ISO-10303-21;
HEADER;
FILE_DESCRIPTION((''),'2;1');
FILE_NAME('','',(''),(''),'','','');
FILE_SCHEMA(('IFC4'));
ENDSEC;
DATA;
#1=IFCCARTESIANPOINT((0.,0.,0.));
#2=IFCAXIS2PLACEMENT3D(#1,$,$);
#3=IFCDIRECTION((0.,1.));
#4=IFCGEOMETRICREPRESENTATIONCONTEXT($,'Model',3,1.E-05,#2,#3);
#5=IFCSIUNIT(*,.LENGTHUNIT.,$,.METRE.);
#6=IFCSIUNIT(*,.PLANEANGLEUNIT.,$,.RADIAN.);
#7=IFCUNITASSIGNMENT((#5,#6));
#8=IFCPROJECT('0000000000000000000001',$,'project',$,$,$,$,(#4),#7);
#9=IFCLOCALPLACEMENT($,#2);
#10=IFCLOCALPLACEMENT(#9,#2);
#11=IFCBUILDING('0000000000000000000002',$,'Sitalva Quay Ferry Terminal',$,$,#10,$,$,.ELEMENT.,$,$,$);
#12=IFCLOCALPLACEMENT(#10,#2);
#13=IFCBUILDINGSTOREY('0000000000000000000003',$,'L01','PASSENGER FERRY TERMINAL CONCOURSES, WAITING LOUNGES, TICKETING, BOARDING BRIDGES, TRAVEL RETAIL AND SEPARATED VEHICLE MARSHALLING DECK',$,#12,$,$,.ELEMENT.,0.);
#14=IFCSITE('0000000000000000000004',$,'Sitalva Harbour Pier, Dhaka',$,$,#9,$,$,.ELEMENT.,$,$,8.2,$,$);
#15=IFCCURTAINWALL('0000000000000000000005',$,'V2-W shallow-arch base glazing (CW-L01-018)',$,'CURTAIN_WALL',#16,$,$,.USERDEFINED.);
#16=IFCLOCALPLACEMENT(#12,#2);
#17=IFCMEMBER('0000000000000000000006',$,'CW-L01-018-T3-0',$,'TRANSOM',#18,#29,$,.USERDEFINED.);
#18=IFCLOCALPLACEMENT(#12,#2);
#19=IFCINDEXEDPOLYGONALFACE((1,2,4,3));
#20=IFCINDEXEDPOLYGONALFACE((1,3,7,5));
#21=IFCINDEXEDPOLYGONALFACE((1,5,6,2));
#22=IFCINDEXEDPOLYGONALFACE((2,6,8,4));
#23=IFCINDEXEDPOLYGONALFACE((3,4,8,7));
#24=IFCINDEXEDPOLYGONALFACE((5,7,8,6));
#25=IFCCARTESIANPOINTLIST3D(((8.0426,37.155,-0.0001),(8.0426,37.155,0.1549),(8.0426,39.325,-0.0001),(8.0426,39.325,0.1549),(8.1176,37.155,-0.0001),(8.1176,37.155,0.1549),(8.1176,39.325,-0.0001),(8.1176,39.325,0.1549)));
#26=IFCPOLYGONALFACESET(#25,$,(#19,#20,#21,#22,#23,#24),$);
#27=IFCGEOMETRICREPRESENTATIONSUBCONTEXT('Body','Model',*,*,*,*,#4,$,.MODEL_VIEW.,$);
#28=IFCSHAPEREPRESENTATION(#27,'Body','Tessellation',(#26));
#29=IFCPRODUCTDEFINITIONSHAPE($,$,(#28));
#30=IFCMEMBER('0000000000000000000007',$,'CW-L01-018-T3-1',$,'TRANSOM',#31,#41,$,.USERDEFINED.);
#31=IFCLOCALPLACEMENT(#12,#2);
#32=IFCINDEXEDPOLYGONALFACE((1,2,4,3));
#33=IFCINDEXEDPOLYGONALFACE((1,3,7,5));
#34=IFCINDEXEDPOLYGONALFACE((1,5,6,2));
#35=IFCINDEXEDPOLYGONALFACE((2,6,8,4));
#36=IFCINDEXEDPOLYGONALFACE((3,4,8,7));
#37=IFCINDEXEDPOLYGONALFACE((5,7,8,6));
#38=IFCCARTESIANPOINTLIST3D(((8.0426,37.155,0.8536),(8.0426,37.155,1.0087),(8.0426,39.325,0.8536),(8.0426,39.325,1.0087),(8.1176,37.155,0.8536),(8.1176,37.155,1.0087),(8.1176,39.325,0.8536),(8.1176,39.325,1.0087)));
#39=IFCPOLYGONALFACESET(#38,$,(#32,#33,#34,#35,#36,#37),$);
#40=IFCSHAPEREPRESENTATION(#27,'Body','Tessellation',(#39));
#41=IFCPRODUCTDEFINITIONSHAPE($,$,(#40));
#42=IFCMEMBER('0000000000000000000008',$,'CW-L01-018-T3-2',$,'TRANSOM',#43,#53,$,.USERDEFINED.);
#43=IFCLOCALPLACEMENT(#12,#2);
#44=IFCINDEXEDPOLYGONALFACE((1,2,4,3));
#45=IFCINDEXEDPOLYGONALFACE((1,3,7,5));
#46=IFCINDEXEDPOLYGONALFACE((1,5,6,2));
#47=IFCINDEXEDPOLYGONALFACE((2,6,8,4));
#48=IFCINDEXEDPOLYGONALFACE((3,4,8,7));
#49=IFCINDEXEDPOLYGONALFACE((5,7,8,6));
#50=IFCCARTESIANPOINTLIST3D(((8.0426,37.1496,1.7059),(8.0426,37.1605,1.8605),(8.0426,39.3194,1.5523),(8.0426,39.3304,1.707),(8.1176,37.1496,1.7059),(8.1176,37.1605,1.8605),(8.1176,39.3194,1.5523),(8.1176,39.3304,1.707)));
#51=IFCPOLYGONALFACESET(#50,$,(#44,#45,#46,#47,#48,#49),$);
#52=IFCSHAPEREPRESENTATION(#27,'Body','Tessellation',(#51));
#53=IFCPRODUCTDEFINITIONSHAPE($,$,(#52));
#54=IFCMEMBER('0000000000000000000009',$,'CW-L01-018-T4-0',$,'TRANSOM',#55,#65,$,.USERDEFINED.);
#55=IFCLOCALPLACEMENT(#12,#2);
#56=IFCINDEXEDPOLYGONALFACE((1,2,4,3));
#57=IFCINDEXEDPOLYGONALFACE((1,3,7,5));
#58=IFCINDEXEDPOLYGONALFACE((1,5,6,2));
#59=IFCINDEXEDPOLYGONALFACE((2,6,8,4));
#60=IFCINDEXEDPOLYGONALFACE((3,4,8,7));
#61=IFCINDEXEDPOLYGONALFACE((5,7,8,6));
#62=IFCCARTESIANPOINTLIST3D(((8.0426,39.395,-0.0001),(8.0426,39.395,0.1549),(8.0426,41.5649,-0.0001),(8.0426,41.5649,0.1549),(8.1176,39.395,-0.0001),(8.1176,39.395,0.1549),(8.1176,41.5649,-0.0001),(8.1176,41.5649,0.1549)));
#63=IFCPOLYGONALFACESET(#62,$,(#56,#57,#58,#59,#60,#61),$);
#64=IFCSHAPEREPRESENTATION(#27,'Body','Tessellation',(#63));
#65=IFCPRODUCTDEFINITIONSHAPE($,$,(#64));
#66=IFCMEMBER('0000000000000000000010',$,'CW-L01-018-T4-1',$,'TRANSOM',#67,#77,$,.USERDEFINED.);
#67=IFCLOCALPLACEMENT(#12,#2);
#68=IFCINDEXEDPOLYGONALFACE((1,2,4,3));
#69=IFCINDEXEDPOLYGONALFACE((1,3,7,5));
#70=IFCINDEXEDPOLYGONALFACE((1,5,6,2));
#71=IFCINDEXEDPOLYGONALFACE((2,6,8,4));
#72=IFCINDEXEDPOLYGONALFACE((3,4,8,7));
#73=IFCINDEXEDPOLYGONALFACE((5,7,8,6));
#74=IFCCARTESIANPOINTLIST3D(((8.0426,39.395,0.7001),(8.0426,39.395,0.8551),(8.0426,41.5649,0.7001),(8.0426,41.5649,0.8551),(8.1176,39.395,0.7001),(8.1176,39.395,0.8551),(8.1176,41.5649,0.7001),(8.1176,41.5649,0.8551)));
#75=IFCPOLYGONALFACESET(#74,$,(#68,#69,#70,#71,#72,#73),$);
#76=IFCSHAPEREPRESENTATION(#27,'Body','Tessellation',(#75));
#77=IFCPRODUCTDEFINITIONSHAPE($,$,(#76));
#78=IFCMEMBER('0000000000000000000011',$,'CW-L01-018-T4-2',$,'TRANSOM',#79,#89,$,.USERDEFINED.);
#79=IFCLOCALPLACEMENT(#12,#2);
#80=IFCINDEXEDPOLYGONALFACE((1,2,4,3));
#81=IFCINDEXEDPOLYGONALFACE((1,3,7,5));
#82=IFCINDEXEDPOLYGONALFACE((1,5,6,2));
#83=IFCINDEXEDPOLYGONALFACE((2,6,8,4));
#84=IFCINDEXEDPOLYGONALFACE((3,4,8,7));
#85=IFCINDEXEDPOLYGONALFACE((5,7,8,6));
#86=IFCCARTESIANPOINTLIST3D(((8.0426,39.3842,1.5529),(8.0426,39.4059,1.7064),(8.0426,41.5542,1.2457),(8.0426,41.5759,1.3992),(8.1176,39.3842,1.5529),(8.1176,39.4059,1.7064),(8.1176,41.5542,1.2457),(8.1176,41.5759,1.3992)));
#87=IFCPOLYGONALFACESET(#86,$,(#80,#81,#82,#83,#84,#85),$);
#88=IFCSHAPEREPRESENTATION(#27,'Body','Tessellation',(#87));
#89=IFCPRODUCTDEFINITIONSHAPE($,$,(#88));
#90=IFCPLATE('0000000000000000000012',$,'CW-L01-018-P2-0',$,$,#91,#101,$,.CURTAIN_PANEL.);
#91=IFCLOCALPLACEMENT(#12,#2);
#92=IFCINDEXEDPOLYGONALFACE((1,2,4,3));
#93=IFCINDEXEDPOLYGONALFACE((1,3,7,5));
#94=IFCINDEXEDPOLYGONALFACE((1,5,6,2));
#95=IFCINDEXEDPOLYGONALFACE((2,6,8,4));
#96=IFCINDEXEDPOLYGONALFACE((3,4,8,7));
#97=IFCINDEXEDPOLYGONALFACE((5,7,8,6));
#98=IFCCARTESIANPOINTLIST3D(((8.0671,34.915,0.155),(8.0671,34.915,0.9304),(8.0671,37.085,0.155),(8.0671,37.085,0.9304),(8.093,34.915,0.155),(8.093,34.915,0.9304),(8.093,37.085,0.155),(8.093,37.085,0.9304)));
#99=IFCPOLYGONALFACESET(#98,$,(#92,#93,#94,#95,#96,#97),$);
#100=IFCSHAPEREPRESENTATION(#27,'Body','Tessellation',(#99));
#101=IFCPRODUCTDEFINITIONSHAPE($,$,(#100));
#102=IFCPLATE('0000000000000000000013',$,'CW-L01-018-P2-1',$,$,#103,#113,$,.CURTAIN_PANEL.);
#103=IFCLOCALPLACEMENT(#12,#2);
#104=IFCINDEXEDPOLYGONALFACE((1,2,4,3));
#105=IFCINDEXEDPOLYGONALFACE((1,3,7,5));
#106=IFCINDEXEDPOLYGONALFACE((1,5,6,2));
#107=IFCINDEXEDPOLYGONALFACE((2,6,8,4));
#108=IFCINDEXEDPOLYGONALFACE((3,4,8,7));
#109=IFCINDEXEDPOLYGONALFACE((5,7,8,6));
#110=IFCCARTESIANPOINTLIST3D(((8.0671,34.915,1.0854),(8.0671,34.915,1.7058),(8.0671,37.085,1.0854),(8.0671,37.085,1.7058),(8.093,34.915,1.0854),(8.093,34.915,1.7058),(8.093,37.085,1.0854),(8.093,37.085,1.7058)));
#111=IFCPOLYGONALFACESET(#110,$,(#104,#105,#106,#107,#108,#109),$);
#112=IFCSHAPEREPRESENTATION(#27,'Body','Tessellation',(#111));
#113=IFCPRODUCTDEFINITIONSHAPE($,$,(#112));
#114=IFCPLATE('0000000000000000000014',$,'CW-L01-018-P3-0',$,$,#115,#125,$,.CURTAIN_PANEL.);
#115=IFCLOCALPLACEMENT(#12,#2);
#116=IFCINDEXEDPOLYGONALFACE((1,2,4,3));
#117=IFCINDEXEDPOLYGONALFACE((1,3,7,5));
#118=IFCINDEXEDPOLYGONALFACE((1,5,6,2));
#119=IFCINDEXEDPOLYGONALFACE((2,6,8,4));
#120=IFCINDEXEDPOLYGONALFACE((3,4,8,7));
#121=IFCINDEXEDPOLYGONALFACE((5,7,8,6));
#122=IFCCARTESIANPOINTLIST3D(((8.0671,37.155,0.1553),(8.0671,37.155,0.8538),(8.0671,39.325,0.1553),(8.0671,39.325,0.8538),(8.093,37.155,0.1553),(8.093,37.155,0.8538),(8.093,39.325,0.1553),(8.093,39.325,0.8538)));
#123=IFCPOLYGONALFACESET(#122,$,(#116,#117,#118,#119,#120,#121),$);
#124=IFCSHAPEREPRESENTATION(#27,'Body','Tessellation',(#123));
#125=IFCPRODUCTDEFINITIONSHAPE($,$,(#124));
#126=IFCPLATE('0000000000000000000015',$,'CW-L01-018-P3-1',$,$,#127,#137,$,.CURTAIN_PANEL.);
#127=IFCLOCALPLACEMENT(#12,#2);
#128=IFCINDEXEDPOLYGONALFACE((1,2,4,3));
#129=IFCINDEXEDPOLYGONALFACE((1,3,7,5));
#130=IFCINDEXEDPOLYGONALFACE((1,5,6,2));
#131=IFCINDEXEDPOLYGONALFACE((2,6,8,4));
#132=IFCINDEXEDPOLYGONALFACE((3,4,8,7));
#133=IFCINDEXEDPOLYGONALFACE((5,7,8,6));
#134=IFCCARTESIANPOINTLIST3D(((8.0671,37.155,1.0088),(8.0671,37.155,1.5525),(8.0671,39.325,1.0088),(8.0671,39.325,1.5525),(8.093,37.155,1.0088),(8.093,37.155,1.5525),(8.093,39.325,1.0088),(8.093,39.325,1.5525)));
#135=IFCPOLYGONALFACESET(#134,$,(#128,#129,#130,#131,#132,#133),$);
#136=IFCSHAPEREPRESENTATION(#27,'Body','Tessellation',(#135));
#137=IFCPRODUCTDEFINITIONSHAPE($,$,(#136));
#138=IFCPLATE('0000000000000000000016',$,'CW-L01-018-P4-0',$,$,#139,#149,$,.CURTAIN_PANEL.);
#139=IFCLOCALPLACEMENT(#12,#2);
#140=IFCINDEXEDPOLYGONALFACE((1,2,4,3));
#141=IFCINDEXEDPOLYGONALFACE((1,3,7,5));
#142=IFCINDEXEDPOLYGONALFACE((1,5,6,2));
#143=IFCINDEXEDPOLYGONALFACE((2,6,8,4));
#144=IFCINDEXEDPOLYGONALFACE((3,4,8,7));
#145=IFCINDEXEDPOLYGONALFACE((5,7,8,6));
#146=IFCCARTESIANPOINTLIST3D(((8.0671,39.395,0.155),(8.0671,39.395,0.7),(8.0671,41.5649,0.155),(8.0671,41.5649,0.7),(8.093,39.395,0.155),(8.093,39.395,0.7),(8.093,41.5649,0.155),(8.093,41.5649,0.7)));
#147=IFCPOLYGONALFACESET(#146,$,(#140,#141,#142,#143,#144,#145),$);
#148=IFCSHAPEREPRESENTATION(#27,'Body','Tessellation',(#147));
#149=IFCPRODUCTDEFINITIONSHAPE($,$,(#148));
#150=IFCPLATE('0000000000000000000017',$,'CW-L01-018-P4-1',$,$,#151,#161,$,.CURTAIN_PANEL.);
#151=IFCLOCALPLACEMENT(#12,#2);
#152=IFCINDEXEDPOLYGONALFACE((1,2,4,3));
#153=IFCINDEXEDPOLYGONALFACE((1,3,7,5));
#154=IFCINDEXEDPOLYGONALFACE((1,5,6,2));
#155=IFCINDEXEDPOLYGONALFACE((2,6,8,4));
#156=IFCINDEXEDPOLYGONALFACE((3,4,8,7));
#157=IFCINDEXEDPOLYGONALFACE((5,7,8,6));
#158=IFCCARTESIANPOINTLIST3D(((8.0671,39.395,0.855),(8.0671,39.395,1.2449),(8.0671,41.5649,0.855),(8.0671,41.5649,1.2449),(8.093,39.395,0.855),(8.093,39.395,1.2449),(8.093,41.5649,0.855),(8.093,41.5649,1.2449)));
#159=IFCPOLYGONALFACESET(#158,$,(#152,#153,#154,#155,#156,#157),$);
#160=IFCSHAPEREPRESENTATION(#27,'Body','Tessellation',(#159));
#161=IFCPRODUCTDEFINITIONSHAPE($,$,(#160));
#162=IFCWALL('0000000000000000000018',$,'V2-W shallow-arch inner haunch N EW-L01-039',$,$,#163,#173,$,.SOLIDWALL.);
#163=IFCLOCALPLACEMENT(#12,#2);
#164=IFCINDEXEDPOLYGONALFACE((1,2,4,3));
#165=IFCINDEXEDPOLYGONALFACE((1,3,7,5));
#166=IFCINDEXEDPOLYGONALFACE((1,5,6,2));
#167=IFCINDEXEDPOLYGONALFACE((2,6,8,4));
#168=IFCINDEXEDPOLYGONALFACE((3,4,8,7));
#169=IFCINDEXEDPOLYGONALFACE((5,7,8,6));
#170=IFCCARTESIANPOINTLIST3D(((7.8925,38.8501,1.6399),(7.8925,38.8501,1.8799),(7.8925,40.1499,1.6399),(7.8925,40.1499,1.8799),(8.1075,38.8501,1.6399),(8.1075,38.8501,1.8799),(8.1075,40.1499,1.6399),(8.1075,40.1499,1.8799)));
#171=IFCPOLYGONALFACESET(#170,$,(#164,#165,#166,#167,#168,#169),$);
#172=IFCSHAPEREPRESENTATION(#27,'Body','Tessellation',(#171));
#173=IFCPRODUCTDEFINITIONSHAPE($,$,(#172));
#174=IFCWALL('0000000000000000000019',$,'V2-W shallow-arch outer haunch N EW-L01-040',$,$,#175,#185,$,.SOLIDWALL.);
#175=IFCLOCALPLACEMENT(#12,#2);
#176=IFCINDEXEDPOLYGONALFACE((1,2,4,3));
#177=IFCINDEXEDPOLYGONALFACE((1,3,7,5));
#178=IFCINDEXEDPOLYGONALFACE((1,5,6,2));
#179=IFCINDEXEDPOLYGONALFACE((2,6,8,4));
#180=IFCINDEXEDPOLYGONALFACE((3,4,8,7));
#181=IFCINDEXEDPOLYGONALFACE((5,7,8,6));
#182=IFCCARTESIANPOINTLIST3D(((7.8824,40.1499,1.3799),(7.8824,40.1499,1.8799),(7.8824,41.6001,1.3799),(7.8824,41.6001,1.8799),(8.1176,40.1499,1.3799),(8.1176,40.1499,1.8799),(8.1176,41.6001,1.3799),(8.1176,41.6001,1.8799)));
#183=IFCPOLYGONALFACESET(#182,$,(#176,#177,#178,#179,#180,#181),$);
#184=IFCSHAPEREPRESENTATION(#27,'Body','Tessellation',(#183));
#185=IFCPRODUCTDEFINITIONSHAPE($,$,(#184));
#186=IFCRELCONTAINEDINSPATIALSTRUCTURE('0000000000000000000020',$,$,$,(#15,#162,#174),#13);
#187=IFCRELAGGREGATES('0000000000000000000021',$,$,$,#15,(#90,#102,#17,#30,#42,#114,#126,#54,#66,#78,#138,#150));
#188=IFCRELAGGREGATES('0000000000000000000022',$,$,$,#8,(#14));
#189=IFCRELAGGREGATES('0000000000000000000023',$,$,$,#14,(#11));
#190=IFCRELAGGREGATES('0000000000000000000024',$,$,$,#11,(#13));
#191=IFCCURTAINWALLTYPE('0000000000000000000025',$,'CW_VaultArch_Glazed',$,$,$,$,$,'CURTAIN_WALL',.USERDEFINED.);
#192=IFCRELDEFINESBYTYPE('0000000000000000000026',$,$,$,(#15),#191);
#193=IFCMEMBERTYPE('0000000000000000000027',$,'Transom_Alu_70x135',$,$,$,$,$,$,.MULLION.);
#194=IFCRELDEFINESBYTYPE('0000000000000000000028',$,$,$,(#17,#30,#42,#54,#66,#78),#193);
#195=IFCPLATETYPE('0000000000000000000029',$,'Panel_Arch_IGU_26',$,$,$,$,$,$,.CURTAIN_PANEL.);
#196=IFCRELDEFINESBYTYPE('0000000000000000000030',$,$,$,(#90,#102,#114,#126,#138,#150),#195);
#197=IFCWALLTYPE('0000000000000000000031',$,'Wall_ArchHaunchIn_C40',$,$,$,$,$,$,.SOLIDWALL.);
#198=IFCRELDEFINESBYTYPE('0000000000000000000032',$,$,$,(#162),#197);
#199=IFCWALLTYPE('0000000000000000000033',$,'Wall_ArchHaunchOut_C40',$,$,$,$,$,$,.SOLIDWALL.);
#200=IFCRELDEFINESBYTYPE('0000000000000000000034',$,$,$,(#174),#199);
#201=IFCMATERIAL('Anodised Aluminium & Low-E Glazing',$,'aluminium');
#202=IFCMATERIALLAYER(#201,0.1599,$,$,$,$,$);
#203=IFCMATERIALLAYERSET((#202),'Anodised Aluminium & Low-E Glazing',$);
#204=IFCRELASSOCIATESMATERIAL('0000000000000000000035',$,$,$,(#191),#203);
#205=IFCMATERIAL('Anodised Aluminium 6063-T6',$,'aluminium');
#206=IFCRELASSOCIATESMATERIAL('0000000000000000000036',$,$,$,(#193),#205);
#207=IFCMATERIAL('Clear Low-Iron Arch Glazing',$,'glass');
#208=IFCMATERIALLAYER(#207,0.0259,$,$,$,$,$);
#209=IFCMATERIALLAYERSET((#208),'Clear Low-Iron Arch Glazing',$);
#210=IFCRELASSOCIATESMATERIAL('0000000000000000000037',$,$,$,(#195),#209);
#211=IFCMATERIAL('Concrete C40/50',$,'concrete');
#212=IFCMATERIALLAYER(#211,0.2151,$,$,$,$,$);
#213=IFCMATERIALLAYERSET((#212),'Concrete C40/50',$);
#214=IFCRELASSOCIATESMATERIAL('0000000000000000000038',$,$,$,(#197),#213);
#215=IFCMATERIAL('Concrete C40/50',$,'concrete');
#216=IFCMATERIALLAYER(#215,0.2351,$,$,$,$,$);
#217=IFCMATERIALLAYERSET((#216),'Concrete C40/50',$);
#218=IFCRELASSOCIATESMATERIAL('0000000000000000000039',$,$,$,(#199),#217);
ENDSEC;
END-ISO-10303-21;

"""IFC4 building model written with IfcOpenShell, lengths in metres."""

from ifc_helpers import new_model, si_unit, direction, frame, frame_2d, origin, origin_2d, place, context, subcontext, project, spatial, rectangle, extrude, material, layer, layer_set, material_profile, profile_set, type_object, element, aggregate, save


model = new_model("IFC4")

# Units and contexts
model_context = context("Model", 3, precision=1e-05, world=origin(), true_north=direction((0.0, 1.0)))
body_context = subcontext(model_context, "Body", "Model", "MODEL_VIEW")
ifc_project = project(units=[si_unit("LENGTHUNIT", "METRE"), si_unit("PLANEANGLEUNIT", "RADIAN")], contexts=[model_context])

# Site, building, storey
site_placement = place(None, origin())
site = spatial("IfcSite", under=ifc_project, at=site_placement, Name="Sitalva Harbour Pier, Dhaka", CompositionType="ELEMENT", RefElevation=8.2)
building_placement = place(site_placement, origin())
building = spatial("IfcBuilding", under=site, at=building_placement, Name="Sitalva Quay Ferry Terminal", CompositionType="ELEMENT")
storey_placement = place(building_placement, origin())
storey = spatial("IfcBuildingStorey", under=building, at=storey_placement, Name="L01", Description="PASSENGER FERRY TERMINAL CONCOURSES, WAITING LOUNGES, TICKETING, BOARDING BRIDGES, TRAVEL RETAIL AND SEPARATED VEHICLE MARSHALLING DECK", CompositionType="ELEMENT", Elevation=0.0)

# Curtain wall, members, plates
ifc_material_1 = material(Name="Anodised Aluminium & Low-E Glazing", Category="aluminium")
ifc_layer_1 = layer(ifc_material_1, 0.1599)
ifc_layer_set_1 = layer_set([ifc_layer_1], Name="Anodised Aluminium & Low-E Glazing")
curtain_wall_type = type_object("IfcCurtainWallType", Name="CW_VaultArch_Glazed", ElementType="CURTAIN_WALL", PredefinedType="USERDEFINED", material=ifc_layer_set_1)
curtain_wall_placement = place(storey_placement, origin())
curtain_wall = element("IfcCurtainWall", 1, at=curtain_wall_placement, inside=storey, type_object=curtain_wall_type, Name="V2-W shallow-arch base glazing (CW-L01-018)", ObjectType="CURTAIN_WALL", PredefinedType="USERDEFINED")
ifc_material_2 = material(Name="Anodised Aluminium 6063-T6", Category="aluminium")
ifc_material_profile_1 = material_profile(ifc_material_2, rectangle(XDim=0.075, YDim=0.155, at=origin_2d()), Name="ALU75x155")
ifc_profile_set_1 = profile_set([ifc_material_profile_1], Name="Anodised Aluminium 6063-T6")
member_type_1 = type_object("IfcMemberType", Name="Transom_Alu_70x135", PredefinedType="MULLION", material=ifc_profile_set_1)
member_1_placement = place(storey_placement, frame((8.0801, 37.155, 0.0774), z_axis=(0.0, 1.0, 0.0), x_axis=(-1.0, 0.0, 0.0)))
member_1 = element("IfcMember", 2, at=member_1_placement, type_object=member_type_1, Name="CW-L01-018-T3-0", ObjectType="TRANSOM", PredefinedType="USERDEFINED", context=body_context, shape_type="SweptSolid", body=[
    extrude(rectangle(XDim=0.075, YDim=0.155, at=origin_2d()), origin(), (0.0, 0.0, 1.0), 2.1699),
])
member_2_placement = place(storey_placement, frame((8.0801, 37.155, 0.9312), z_axis=(0.0, 1.0, 0.0), x_axis=(-1.0, 0.0, 0.0)))
member_2 = element("IfcMember", 3, at=member_2_placement, type_object=member_type_1, Name="CW-L01-018-T3-1", ObjectType="TRANSOM", PredefinedType="USERDEFINED", context=body_context, shape_type="SweptSolid", body=[
    extrude(rectangle(XDim=0.075, YDim=0.155, at=origin_2d()), origin(), (0.0, 0.0, 1.0), 2.1699),
])
member_3_placement = place(storey_placement, frame((8.0801, 37.155, 1.7832), z_axis=(0.0, 0.997505, -0.070593), x_axis=(-1.0, 0.0, 0.0)))
member_3 = element("IfcMember", 4, at=member_3_placement, type_object=member_type_1, Name="CW-L01-018-T3-2", ObjectType="TRANSOM", PredefinedType="USERDEFINED", context=body_context, shape_type="SweptSolid", body=[
    extrude(rectangle(XDim=0.075, YDim=0.155, at=origin_2d()), origin(), (0.0, 0.0, 1.0), 2.1753),
])
member_4_placement = place(storey_placement, frame((8.0801, 39.395, 0.0774), z_axis=(0.0, 1.0, 0.0), x_axis=(-1.0, 0.0, 0.0)))
member_4 = element("IfcMember", 5, at=member_4_placement, type_object=member_type_1, Name="CW-L01-018-T4-0", ObjectType="TRANSOM", PredefinedType="USERDEFINED", context=body_context, shape_type="SweptSolid", body=[
    extrude(rectangle(XDim=0.075, YDim=0.155, at=origin_2d()), origin(), (0.0, 0.0, 1.0), 2.1699),
])
member_5_placement = place(storey_placement, frame((8.0801, 39.395, 0.7776), z_axis=(0.0, 1.0, 0.0), x_axis=(-1.0, 0.0, 0.0)))
member_5 = element("IfcMember", 6, at=member_5_placement, type_object=member_type_1, Name="CW-L01-018-T4-1", ObjectType="TRANSOM", PredefinedType="USERDEFINED", context=body_context, shape_type="SweptSolid", body=[
    extrude(rectangle(XDim=0.075, YDim=0.155, at=origin_2d()), origin(), (0.0, 0.0, 1.0), 2.1699),
])
member_6_placement = place(storey_placement, frame((8.0801, 39.395, 1.6296), z_axis=(0.0, 0.990131, -0.140142), x_axis=(-1.0, 0.0, 0.0)))
member_6 = element("IfcMember", 7, at=member_6_placement, type_object=member_type_1, Name="CW-L01-018-T4-2", ObjectType="TRANSOM", PredefinedType="USERDEFINED", context=body_context, shape_type="SweptSolid", body=[
    extrude(rectangle(XDim=0.075, YDim=0.155, at=origin_2d()), origin(), (0.0, 0.0, 1.0), 2.1917),
])
ifc_material_3 = material(Name="Clear Low-Iron Arch Glazing", Category="glass")
ifc_layer_2 = layer(ifc_material_3, 0.0259)
ifc_layer_set_2 = layer_set([ifc_layer_2], Name="Clear Low-Iron Arch Glazing")
plate_type = type_object("IfcPlateType", Name="Panel_Arch_IGU_26", PredefinedType="CURTAIN_PANEL", material=ifc_layer_set_2)
plate_1_placement = place(storey_placement, frame((8.0801, 36.0, 0.155), z_axis=(0.0, 0.0, 1.0), x_axis=(0.0, 1.0, 0.0)))
plate_1 = element("IfcPlate", 8, at=plate_1_placement, type_object=plate_type, Name="CW-L01-018-P2-0", PredefinedType="CURTAIN_PANEL", context=body_context, shape_type="SweptSolid", body=[
    extrude(rectangle(XDim=2.1699, YDim=0.0259, at=origin_2d()), origin(), (0.0, 0.0, 1.0), 0.7754),
])
plate_2_placement = place(storey_placement, frame((8.0801, 36.0, 1.0854), z_axis=(0.0, 0.0, 1.0), x_axis=(0.0, 1.0, 0.0)))
plate_2 = element("IfcPlate", 9, at=plate_2_placement, type_object=plate_type, Name="CW-L01-018-P2-1", PredefinedType="CURTAIN_PANEL", context=body_context, shape_type="SweptSolid", body=[
    extrude(rectangle(XDim=2.1699, YDim=0.0259, at=origin_2d()), origin(), (0.0, 0.0, 1.0), 0.6204),
])
plate_3_placement = place(storey_placement, frame((8.0801, 38.24, 0.1553), z_axis=(0.0, 0.0, 1.0), x_axis=(0.0, 1.0, 0.0)))
plate_3 = element("IfcPlate", 10, at=plate_3_placement, type_object=plate_type, Name="CW-L01-018-P3-0", PredefinedType="CURTAIN_PANEL", context=body_context, shape_type="SweptSolid", body=[
    extrude(rectangle(XDim=2.1699, YDim=0.0259, at=origin_2d()), origin(), (0.0, 0.0, 1.0), 0.6985),
])
plate_4_placement = place(storey_placement, frame((8.0801, 38.24, 1.0088), z_axis=(0.0, 0.0, 1.0), x_axis=(0.0, 1.0, 0.0)))
plate_4 = element("IfcPlate", 11, at=plate_4_placement, type_object=plate_type, Name="CW-L01-018-P3-1", PredefinedType="CURTAIN_PANEL", context=body_context, shape_type="SweptSolid", body=[
    extrude(rectangle(XDim=2.1699, YDim=0.0259, at=origin_2d()), origin(), (0.0, 0.0, 1.0), 0.5437),
])
plate_5_placement = place(storey_placement, frame((8.0801, 40.48, 0.155), z_axis=(0.0, 0.0, 1.0), x_axis=(0.0, 1.0, 0.0)))
plate_5 = element("IfcPlate", 12, at=plate_5_placement, type_object=plate_type, Name="CW-L01-018-P4-0", PredefinedType="CURTAIN_PANEL", context=body_context, shape_type="SweptSolid", body=[
    extrude(rectangle(XDim=2.1699, YDim=0.0259, at=origin_2d()), origin(), (0.0, 0.0, 1.0), 0.5449),
])
plate_6_placement = place(storey_placement, frame((8.0801, 40.48, 0.855), z_axis=(0.0, 0.0, 1.0), x_axis=(0.0, 1.0, 0.0)))
plate_6 = element("IfcPlate", 13, at=plate_6_placement, type_object=plate_type, Name="CW-L01-018-P4-1", PredefinedType="CURTAIN_PANEL", context=body_context, shape_type="SweptSolid", body=[
    extrude(rectangle(XDim=2.1699, YDim=0.0259, at=origin_2d()), origin(), (0.0, 0.0, 1.0), 0.3899),
])
aggregate(curtain_wall, [plate_1, plate_2, member_1, member_2, member_3, plate_3, plate_4, member_4, member_5, member_6, plate_5, plate_6])

# Walls
ifc_material_4 = material(Name="Concrete C40/50", Category="concrete")
ifc_layer_3 = layer(ifc_material_4, 0.2151)
ifc_layer_set_3 = layer_set([ifc_layer_3], Name="Concrete C40/50")
wall_type_1 = type_object("IfcWallType", Name="Wall_ArchHaunchIn_C40", PredefinedType="SOLIDWALL", material=ifc_layer_set_3)
wall_1_placement = place(storey_placement, frame((8.0, 38.8501, 1.6399), z_axis=(0.0, 0.0, 1.0), x_axis=(0.0, 1.0, 0.0)))
element("IfcWall", 14, at=wall_1_placement, inside=storey, type_object=wall_type_1, Name="V2-W shallow-arch inner haunch N EW-L01-039", PredefinedType="SOLIDWALL", context=body_context, shape_type="SweptSolid", body=[
    extrude(rectangle(XDim=1.2998, YDim=0.2151, at=frame_2d((0.6499, 0.0))), origin(), (0.0, 0.0, 1.0), 0.24),
])
ifc_material_5 = material(Name="Concrete C40/50", Category="concrete")
ifc_layer_4 = layer(ifc_material_5, 0.2351)
ifc_layer_set_4 = layer_set([ifc_layer_4], Name="Concrete C40/50")
wall_type_2 = type_object("IfcWallType", Name="Wall_ArchHaunchOut_C40", PredefinedType="SOLIDWALL", material=ifc_layer_set_4)
wall_2_placement = place(storey_placement, frame((8.0, 40.1499, 1.3799), z_axis=(0.0, 0.0, 1.0), x_axis=(0.0, 1.0, 0.0)))
element("IfcWall", 15, at=wall_2_placement, inside=storey, type_object=wall_type_2, Name="V2-W shallow-arch outer haunch N EW-L01-040", PredefinedType="SOLIDWALL", context=body_context, shape_type="SweptSolid", body=[
    extrude(rectangle(XDim=1.4502, YDim=0.2351, at=frame_2d((0.7251, 0.0))), origin(), (0.0, 0.0, 1.0), 0.5),
])

save(model, "model.ifc")
